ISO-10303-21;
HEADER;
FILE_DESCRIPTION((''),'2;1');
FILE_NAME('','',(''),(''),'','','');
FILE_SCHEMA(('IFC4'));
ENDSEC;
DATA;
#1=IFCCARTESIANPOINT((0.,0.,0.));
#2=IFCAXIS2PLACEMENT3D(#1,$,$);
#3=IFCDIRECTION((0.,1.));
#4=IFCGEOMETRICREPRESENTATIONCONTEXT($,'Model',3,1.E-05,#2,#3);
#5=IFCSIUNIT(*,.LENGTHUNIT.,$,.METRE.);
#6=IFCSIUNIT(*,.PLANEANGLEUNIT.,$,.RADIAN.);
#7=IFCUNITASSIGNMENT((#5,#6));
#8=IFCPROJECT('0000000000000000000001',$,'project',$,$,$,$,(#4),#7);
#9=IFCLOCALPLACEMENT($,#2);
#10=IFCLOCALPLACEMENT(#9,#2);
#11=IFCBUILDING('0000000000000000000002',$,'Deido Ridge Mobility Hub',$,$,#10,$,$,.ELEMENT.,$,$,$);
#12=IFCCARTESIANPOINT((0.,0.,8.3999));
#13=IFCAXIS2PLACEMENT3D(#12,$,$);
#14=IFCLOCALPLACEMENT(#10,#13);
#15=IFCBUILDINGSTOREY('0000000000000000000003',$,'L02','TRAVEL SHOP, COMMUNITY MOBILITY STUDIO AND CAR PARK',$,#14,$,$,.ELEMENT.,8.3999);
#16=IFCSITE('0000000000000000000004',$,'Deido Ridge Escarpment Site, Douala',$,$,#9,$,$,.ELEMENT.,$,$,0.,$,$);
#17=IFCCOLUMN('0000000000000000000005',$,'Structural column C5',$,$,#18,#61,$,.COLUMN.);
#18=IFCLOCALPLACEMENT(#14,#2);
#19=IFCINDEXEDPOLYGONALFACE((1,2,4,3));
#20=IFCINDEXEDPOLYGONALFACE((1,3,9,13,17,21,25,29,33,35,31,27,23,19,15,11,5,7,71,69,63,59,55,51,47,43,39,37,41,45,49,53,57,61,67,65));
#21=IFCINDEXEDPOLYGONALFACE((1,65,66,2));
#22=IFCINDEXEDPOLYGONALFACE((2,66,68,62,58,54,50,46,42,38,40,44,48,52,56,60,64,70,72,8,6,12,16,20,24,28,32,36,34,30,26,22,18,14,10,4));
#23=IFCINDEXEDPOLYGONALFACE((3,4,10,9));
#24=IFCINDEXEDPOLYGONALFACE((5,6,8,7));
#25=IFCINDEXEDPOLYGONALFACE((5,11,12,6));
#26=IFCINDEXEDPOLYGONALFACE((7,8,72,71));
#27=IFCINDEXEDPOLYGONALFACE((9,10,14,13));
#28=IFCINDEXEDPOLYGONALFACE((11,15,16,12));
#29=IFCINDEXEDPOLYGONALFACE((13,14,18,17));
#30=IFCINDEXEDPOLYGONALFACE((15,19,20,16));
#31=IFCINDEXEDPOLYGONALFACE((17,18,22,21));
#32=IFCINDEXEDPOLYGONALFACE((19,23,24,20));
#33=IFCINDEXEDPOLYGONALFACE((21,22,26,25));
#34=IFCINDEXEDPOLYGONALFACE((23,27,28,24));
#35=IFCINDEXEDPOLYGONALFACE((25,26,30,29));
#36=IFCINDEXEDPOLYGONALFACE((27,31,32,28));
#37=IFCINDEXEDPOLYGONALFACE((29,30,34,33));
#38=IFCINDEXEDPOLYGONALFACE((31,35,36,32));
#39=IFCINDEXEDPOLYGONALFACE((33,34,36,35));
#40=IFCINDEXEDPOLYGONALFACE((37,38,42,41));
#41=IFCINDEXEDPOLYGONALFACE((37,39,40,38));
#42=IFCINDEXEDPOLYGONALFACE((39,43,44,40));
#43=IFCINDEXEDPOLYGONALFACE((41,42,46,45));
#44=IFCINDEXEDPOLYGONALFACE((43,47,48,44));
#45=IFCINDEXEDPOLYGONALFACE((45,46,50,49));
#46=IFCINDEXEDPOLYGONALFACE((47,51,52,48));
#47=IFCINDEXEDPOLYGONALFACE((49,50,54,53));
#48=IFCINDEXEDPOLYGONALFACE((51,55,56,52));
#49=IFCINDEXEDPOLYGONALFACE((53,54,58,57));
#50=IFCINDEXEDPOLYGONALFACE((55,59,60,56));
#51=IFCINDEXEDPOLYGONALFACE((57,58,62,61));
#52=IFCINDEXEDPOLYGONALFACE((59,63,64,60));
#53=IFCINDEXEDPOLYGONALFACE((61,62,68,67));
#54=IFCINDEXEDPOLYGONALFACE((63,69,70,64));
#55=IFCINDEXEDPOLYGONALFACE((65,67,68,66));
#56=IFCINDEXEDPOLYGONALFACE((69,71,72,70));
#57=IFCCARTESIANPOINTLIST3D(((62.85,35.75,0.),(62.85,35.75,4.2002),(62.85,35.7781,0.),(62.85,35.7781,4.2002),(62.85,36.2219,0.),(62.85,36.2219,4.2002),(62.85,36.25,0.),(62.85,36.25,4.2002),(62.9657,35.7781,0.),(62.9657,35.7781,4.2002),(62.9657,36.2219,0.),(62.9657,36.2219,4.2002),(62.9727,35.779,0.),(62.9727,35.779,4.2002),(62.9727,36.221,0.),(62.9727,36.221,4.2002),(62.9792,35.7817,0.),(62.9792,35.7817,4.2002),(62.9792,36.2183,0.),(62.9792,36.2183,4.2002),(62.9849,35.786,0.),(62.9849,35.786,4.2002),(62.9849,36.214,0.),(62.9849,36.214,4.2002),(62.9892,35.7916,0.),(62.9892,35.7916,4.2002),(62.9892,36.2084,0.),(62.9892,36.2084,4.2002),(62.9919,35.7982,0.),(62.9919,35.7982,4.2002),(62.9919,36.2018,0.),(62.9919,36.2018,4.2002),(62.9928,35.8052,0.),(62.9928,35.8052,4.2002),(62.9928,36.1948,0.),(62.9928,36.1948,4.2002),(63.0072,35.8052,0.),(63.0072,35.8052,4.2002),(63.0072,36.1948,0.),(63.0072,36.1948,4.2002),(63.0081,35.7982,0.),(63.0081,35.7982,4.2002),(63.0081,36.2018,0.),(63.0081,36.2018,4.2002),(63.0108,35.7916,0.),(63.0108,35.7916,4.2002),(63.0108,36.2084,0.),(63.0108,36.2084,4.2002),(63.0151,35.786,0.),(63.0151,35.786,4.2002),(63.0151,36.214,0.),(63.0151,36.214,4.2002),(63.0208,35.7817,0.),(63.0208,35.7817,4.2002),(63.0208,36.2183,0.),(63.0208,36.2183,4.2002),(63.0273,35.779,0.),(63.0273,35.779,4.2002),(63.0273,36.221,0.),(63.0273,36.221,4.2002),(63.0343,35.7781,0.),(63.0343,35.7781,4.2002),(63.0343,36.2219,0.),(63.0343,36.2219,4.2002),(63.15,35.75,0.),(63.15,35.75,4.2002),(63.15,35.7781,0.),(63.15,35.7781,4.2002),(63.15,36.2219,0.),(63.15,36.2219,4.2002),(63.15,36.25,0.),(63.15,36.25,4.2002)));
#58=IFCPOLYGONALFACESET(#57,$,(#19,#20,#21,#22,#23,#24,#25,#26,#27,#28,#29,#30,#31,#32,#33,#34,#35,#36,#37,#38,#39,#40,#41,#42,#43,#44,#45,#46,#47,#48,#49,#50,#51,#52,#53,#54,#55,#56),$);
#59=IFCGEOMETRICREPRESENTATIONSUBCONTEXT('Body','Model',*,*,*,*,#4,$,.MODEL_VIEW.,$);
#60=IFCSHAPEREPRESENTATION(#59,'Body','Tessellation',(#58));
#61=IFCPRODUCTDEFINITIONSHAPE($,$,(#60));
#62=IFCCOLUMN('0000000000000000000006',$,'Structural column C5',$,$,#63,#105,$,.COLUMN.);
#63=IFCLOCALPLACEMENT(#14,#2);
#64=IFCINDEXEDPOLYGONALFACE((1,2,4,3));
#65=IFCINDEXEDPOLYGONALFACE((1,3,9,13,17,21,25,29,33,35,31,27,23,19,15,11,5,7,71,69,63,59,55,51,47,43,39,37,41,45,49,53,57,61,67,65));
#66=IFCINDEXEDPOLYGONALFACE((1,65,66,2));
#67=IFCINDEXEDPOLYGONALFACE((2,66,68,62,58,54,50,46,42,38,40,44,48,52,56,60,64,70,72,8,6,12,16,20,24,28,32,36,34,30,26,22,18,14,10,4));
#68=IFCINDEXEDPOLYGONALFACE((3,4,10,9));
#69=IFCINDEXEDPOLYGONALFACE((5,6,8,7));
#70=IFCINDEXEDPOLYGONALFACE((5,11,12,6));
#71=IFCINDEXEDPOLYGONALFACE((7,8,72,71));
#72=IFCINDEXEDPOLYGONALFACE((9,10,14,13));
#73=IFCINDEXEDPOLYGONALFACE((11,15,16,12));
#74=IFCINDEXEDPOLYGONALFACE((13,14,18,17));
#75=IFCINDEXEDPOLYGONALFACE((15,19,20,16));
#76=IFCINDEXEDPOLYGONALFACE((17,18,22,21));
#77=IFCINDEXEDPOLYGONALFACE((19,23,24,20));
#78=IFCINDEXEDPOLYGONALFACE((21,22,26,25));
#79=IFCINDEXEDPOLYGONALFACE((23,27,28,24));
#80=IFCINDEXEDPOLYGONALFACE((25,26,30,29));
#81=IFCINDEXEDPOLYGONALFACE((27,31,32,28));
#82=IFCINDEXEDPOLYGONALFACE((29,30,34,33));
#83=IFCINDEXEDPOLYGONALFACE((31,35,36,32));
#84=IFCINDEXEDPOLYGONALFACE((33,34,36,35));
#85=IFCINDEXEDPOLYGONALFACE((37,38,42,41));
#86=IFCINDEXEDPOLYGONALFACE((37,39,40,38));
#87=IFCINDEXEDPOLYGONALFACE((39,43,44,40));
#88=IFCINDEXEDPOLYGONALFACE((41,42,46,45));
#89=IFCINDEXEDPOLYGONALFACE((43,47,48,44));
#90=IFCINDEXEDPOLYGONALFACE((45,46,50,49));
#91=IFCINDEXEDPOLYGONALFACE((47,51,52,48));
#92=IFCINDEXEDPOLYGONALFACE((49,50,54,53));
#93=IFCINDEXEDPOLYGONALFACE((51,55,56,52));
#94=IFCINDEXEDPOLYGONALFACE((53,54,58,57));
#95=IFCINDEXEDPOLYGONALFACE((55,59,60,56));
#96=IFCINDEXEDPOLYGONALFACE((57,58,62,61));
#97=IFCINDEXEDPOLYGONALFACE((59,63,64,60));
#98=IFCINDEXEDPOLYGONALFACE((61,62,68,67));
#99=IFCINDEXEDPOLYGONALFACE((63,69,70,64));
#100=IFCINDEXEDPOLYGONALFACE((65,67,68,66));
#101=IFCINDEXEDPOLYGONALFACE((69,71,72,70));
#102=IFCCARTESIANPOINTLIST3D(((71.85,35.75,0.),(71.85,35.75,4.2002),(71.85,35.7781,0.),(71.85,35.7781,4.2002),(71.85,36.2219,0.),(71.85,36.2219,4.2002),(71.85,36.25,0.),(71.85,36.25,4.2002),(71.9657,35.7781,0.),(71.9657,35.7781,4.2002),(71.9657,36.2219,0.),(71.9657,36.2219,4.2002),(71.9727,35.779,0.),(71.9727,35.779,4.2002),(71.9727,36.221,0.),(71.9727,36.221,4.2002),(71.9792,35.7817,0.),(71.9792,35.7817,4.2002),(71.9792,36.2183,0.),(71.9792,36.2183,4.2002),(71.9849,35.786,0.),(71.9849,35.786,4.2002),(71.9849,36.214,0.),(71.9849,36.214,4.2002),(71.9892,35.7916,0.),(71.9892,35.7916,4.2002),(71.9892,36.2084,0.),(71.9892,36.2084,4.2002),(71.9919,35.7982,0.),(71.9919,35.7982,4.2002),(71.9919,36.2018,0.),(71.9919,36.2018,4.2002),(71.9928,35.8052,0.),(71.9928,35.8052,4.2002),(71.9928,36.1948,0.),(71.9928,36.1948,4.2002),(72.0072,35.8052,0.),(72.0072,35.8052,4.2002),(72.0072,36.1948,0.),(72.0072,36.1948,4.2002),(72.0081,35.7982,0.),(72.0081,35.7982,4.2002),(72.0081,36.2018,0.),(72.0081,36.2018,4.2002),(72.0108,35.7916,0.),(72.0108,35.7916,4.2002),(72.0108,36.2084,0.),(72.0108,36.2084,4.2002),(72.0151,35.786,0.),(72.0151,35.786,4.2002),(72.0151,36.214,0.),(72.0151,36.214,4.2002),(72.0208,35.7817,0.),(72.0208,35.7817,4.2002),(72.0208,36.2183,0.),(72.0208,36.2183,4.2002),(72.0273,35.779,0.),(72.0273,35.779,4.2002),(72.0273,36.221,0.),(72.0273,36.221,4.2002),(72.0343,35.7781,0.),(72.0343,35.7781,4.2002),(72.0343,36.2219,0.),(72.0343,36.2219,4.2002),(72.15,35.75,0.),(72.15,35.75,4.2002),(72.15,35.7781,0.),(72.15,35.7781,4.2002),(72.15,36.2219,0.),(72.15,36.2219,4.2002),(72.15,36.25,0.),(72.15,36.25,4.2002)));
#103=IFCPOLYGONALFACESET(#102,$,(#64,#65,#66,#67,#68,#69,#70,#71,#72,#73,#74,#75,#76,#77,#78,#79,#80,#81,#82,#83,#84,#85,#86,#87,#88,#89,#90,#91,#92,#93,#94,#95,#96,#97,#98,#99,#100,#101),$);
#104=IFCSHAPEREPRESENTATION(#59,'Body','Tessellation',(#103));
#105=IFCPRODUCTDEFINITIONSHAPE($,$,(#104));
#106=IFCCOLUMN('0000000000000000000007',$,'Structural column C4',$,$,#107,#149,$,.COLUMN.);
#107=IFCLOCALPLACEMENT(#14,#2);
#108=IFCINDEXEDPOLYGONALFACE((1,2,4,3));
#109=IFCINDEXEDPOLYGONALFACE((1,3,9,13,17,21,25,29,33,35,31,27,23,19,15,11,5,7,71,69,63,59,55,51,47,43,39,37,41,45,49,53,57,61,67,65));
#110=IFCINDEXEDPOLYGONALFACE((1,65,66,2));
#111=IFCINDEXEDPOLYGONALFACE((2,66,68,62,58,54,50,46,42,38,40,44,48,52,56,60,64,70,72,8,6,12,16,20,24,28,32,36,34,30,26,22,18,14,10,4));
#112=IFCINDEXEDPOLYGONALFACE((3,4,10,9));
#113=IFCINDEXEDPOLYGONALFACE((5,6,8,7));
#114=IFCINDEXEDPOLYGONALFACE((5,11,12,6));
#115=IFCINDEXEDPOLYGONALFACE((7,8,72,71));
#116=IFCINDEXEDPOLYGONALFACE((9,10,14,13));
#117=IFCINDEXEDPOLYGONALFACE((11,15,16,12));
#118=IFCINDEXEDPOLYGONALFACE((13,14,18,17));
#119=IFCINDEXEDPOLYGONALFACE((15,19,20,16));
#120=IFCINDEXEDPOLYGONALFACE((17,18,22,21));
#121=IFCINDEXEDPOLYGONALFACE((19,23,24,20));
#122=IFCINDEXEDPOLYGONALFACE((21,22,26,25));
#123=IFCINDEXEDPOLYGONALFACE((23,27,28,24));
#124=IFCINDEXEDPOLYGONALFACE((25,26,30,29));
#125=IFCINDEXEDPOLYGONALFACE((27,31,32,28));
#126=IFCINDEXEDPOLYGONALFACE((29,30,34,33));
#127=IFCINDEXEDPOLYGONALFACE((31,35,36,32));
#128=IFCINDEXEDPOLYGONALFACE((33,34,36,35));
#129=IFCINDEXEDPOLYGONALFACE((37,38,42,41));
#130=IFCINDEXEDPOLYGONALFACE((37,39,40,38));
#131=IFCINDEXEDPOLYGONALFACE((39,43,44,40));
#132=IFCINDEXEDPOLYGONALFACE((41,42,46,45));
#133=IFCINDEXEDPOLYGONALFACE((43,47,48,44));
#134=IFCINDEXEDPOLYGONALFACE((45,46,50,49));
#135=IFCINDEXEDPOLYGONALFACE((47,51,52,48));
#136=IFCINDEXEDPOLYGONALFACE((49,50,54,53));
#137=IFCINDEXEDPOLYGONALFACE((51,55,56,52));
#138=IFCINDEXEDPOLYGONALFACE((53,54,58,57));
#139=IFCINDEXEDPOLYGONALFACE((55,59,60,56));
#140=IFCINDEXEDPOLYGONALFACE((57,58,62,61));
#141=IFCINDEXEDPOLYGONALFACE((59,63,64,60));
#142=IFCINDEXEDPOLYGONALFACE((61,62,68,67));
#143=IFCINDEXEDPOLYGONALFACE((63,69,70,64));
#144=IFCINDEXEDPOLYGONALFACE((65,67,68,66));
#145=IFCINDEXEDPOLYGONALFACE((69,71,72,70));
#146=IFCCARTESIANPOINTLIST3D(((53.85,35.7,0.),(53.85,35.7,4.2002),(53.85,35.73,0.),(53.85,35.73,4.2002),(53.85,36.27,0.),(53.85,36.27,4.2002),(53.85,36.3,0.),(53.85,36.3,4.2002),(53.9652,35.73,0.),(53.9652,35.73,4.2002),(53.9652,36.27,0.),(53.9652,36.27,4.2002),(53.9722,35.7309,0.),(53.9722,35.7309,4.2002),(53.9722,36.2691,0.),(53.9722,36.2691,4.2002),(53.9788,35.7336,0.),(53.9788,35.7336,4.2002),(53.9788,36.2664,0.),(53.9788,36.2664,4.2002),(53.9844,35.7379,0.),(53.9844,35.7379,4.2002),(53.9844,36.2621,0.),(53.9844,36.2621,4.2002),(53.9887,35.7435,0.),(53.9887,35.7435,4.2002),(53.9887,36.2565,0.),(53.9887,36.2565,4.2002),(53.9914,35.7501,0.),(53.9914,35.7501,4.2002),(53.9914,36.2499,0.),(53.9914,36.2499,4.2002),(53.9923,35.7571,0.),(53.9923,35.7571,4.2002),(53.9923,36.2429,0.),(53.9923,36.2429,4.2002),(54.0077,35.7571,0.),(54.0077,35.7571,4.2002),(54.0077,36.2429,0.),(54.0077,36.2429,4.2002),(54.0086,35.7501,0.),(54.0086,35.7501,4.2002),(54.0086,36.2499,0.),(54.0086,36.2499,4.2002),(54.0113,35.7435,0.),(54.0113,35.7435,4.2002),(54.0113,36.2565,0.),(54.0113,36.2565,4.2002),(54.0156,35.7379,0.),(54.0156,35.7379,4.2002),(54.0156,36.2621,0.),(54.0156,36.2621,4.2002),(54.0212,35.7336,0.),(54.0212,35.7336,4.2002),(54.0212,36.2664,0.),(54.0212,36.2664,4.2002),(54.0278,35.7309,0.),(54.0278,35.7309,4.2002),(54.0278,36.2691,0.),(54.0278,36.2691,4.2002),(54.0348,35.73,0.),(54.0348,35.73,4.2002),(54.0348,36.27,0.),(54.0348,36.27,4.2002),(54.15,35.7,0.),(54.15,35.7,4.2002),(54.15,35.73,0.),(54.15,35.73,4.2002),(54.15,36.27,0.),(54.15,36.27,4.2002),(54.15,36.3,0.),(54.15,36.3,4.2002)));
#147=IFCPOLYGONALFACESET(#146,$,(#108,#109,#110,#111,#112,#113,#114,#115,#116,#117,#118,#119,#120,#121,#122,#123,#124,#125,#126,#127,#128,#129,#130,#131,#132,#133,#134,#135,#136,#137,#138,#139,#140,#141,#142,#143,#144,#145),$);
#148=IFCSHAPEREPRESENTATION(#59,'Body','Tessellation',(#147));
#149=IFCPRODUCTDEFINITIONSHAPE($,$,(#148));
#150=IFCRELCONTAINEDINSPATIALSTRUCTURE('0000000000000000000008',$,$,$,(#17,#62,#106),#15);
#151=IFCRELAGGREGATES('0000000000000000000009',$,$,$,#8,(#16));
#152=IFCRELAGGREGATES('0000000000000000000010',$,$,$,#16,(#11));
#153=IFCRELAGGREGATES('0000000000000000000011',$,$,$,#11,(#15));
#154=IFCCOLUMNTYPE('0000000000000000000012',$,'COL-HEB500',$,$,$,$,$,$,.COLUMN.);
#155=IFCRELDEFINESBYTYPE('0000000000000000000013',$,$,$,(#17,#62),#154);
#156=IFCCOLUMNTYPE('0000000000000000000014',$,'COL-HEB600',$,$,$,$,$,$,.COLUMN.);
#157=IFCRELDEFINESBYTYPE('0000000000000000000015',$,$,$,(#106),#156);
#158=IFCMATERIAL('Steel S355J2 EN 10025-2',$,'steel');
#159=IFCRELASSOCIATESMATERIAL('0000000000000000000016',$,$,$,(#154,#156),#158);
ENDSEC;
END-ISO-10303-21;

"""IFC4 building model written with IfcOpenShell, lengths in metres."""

from ifc_helpers import new_model, si_unit, direction, frame, origin, origin_2d, place, context, subcontext, project, spatial, i_section, extrude, material, material_profile, profile_set, type_object, element, save


model = new_model("IFC4")

# Units and contexts
model_context = context("Model", 3, precision=1e-05, world=origin(), true_north=direction((0.0, 1.0)))
body_context = subcontext(model_context, "Body", "Model", "MODEL_VIEW")
ifc_project = project(units=[si_unit("LENGTHUNIT", "METRE"), si_unit("PLANEANGLEUNIT", "RADIAN")], contexts=[model_context])

# Site, building, storey
site_placement = place(None, origin())
site = spatial("IfcSite", under=ifc_project, at=site_placement, Name="Deido Ridge Escarpment Site, Douala", CompositionType="ELEMENT", RefElevation=0.0)
building_placement = place(site_placement, origin())
building = spatial("IfcBuilding", under=site, at=building_placement, Name="Deido Ridge Mobility Hub", CompositionType="ELEMENT")
storey_placement = place(building_placement, frame((0.0, 0.0, 8.3999)))
storey = spatial("IfcBuildingStorey", under=building, at=storey_placement, Name="L02", Description="TRAVEL SHOP, COMMUNITY MOBILITY STUDIO AND CAR PARK", CompositionType="ELEMENT", Elevation=8.3999)

# Columns
ifc_material_1 = material(Name="Steel S355J2 EN 10025-2", Category="steel")
ifc_material_profile_1 = material_profile(ifc_material_1, i_section(OverallWidth=0.3, OverallDepth=0.5, WebThickness=0.0144, FlangeThickness=0.0281, FilletRadius=0.0271, at=origin_2d()), Name="HEB 500")
ifc_profile_set_1 = profile_set([ifc_material_profile_1], Name="Steel S355J2 EN 10025-2")
column_type_1 = type_object("IfcColumnType", Name="COL-HEB500", PredefinedType="COLUMN", material=ifc_profile_set_1)
for number, where, z_axis, x_axis, name in (
    (1, (63.0, 36.0, 0.0), (0.0, 0.0, 1.0), (1.0, 0.0, 0.0), "Structural column C5"),
    (2, (72.0, 36.0, 0.0), (0.0, 0.0, 1.0), (1.0, 0.0, 0.0), "Structural column C5"),
):
    element("IfcColumn", number, at=place(storey_placement, frame(where, z_axis=z_axis, x_axis=x_axis)), inside=storey, type_object=column_type_1, Name=name, PredefinedType="COLUMN", context=body_context, shape_type="SweptSolid", body=[
        extrude(i_section(OverallWidth=0.3, OverallDepth=0.5, WebThickness=0.0144, FlangeThickness=0.0281, FilletRadius=0.0271, at=origin_2d()), origin(), (0.0, 0.0, 1.0), 4.2002),
    ])
ifc_material_profile_2 = material_profile(ifc_material_1, i_section(OverallWidth=0.3, OverallDepth=0.6001, WebThickness=0.0154, FlangeThickness=0.03, FilletRadius=0.0271, at=origin_2d()), Name="HEB 600")
ifc_profile_set_2 = profile_set([ifc_material_profile_2], Name="Steel S355J2 EN 10025-2")
column_type_2 = type_object("IfcColumnType", Name="COL-HEB600", PredefinedType="COLUMN", material=ifc_profile_set_2)
column_1_placement = place(storey_placement, frame((54.0, 36.0, 0.0), z_axis=(0.0, 0.0, 1.0), x_axis=(1.0, 0.0, 0.0)))
element("IfcColumn", 3, at=column_1_placement, inside=storey, type_object=column_type_2, Name="Structural column C4", PredefinedType="COLUMN", context=body_context, shape_type="SweptSolid", body=[
    extrude(i_section(OverallWidth=0.3, OverallDepth=0.6001, WebThickness=0.0154, FlangeThickness=0.03, FilletRadius=0.0271, at=origin_2d()), origin(), (0.0, 0.0, 1.0), 4.2002),
])

save(model, "model.ifc")
